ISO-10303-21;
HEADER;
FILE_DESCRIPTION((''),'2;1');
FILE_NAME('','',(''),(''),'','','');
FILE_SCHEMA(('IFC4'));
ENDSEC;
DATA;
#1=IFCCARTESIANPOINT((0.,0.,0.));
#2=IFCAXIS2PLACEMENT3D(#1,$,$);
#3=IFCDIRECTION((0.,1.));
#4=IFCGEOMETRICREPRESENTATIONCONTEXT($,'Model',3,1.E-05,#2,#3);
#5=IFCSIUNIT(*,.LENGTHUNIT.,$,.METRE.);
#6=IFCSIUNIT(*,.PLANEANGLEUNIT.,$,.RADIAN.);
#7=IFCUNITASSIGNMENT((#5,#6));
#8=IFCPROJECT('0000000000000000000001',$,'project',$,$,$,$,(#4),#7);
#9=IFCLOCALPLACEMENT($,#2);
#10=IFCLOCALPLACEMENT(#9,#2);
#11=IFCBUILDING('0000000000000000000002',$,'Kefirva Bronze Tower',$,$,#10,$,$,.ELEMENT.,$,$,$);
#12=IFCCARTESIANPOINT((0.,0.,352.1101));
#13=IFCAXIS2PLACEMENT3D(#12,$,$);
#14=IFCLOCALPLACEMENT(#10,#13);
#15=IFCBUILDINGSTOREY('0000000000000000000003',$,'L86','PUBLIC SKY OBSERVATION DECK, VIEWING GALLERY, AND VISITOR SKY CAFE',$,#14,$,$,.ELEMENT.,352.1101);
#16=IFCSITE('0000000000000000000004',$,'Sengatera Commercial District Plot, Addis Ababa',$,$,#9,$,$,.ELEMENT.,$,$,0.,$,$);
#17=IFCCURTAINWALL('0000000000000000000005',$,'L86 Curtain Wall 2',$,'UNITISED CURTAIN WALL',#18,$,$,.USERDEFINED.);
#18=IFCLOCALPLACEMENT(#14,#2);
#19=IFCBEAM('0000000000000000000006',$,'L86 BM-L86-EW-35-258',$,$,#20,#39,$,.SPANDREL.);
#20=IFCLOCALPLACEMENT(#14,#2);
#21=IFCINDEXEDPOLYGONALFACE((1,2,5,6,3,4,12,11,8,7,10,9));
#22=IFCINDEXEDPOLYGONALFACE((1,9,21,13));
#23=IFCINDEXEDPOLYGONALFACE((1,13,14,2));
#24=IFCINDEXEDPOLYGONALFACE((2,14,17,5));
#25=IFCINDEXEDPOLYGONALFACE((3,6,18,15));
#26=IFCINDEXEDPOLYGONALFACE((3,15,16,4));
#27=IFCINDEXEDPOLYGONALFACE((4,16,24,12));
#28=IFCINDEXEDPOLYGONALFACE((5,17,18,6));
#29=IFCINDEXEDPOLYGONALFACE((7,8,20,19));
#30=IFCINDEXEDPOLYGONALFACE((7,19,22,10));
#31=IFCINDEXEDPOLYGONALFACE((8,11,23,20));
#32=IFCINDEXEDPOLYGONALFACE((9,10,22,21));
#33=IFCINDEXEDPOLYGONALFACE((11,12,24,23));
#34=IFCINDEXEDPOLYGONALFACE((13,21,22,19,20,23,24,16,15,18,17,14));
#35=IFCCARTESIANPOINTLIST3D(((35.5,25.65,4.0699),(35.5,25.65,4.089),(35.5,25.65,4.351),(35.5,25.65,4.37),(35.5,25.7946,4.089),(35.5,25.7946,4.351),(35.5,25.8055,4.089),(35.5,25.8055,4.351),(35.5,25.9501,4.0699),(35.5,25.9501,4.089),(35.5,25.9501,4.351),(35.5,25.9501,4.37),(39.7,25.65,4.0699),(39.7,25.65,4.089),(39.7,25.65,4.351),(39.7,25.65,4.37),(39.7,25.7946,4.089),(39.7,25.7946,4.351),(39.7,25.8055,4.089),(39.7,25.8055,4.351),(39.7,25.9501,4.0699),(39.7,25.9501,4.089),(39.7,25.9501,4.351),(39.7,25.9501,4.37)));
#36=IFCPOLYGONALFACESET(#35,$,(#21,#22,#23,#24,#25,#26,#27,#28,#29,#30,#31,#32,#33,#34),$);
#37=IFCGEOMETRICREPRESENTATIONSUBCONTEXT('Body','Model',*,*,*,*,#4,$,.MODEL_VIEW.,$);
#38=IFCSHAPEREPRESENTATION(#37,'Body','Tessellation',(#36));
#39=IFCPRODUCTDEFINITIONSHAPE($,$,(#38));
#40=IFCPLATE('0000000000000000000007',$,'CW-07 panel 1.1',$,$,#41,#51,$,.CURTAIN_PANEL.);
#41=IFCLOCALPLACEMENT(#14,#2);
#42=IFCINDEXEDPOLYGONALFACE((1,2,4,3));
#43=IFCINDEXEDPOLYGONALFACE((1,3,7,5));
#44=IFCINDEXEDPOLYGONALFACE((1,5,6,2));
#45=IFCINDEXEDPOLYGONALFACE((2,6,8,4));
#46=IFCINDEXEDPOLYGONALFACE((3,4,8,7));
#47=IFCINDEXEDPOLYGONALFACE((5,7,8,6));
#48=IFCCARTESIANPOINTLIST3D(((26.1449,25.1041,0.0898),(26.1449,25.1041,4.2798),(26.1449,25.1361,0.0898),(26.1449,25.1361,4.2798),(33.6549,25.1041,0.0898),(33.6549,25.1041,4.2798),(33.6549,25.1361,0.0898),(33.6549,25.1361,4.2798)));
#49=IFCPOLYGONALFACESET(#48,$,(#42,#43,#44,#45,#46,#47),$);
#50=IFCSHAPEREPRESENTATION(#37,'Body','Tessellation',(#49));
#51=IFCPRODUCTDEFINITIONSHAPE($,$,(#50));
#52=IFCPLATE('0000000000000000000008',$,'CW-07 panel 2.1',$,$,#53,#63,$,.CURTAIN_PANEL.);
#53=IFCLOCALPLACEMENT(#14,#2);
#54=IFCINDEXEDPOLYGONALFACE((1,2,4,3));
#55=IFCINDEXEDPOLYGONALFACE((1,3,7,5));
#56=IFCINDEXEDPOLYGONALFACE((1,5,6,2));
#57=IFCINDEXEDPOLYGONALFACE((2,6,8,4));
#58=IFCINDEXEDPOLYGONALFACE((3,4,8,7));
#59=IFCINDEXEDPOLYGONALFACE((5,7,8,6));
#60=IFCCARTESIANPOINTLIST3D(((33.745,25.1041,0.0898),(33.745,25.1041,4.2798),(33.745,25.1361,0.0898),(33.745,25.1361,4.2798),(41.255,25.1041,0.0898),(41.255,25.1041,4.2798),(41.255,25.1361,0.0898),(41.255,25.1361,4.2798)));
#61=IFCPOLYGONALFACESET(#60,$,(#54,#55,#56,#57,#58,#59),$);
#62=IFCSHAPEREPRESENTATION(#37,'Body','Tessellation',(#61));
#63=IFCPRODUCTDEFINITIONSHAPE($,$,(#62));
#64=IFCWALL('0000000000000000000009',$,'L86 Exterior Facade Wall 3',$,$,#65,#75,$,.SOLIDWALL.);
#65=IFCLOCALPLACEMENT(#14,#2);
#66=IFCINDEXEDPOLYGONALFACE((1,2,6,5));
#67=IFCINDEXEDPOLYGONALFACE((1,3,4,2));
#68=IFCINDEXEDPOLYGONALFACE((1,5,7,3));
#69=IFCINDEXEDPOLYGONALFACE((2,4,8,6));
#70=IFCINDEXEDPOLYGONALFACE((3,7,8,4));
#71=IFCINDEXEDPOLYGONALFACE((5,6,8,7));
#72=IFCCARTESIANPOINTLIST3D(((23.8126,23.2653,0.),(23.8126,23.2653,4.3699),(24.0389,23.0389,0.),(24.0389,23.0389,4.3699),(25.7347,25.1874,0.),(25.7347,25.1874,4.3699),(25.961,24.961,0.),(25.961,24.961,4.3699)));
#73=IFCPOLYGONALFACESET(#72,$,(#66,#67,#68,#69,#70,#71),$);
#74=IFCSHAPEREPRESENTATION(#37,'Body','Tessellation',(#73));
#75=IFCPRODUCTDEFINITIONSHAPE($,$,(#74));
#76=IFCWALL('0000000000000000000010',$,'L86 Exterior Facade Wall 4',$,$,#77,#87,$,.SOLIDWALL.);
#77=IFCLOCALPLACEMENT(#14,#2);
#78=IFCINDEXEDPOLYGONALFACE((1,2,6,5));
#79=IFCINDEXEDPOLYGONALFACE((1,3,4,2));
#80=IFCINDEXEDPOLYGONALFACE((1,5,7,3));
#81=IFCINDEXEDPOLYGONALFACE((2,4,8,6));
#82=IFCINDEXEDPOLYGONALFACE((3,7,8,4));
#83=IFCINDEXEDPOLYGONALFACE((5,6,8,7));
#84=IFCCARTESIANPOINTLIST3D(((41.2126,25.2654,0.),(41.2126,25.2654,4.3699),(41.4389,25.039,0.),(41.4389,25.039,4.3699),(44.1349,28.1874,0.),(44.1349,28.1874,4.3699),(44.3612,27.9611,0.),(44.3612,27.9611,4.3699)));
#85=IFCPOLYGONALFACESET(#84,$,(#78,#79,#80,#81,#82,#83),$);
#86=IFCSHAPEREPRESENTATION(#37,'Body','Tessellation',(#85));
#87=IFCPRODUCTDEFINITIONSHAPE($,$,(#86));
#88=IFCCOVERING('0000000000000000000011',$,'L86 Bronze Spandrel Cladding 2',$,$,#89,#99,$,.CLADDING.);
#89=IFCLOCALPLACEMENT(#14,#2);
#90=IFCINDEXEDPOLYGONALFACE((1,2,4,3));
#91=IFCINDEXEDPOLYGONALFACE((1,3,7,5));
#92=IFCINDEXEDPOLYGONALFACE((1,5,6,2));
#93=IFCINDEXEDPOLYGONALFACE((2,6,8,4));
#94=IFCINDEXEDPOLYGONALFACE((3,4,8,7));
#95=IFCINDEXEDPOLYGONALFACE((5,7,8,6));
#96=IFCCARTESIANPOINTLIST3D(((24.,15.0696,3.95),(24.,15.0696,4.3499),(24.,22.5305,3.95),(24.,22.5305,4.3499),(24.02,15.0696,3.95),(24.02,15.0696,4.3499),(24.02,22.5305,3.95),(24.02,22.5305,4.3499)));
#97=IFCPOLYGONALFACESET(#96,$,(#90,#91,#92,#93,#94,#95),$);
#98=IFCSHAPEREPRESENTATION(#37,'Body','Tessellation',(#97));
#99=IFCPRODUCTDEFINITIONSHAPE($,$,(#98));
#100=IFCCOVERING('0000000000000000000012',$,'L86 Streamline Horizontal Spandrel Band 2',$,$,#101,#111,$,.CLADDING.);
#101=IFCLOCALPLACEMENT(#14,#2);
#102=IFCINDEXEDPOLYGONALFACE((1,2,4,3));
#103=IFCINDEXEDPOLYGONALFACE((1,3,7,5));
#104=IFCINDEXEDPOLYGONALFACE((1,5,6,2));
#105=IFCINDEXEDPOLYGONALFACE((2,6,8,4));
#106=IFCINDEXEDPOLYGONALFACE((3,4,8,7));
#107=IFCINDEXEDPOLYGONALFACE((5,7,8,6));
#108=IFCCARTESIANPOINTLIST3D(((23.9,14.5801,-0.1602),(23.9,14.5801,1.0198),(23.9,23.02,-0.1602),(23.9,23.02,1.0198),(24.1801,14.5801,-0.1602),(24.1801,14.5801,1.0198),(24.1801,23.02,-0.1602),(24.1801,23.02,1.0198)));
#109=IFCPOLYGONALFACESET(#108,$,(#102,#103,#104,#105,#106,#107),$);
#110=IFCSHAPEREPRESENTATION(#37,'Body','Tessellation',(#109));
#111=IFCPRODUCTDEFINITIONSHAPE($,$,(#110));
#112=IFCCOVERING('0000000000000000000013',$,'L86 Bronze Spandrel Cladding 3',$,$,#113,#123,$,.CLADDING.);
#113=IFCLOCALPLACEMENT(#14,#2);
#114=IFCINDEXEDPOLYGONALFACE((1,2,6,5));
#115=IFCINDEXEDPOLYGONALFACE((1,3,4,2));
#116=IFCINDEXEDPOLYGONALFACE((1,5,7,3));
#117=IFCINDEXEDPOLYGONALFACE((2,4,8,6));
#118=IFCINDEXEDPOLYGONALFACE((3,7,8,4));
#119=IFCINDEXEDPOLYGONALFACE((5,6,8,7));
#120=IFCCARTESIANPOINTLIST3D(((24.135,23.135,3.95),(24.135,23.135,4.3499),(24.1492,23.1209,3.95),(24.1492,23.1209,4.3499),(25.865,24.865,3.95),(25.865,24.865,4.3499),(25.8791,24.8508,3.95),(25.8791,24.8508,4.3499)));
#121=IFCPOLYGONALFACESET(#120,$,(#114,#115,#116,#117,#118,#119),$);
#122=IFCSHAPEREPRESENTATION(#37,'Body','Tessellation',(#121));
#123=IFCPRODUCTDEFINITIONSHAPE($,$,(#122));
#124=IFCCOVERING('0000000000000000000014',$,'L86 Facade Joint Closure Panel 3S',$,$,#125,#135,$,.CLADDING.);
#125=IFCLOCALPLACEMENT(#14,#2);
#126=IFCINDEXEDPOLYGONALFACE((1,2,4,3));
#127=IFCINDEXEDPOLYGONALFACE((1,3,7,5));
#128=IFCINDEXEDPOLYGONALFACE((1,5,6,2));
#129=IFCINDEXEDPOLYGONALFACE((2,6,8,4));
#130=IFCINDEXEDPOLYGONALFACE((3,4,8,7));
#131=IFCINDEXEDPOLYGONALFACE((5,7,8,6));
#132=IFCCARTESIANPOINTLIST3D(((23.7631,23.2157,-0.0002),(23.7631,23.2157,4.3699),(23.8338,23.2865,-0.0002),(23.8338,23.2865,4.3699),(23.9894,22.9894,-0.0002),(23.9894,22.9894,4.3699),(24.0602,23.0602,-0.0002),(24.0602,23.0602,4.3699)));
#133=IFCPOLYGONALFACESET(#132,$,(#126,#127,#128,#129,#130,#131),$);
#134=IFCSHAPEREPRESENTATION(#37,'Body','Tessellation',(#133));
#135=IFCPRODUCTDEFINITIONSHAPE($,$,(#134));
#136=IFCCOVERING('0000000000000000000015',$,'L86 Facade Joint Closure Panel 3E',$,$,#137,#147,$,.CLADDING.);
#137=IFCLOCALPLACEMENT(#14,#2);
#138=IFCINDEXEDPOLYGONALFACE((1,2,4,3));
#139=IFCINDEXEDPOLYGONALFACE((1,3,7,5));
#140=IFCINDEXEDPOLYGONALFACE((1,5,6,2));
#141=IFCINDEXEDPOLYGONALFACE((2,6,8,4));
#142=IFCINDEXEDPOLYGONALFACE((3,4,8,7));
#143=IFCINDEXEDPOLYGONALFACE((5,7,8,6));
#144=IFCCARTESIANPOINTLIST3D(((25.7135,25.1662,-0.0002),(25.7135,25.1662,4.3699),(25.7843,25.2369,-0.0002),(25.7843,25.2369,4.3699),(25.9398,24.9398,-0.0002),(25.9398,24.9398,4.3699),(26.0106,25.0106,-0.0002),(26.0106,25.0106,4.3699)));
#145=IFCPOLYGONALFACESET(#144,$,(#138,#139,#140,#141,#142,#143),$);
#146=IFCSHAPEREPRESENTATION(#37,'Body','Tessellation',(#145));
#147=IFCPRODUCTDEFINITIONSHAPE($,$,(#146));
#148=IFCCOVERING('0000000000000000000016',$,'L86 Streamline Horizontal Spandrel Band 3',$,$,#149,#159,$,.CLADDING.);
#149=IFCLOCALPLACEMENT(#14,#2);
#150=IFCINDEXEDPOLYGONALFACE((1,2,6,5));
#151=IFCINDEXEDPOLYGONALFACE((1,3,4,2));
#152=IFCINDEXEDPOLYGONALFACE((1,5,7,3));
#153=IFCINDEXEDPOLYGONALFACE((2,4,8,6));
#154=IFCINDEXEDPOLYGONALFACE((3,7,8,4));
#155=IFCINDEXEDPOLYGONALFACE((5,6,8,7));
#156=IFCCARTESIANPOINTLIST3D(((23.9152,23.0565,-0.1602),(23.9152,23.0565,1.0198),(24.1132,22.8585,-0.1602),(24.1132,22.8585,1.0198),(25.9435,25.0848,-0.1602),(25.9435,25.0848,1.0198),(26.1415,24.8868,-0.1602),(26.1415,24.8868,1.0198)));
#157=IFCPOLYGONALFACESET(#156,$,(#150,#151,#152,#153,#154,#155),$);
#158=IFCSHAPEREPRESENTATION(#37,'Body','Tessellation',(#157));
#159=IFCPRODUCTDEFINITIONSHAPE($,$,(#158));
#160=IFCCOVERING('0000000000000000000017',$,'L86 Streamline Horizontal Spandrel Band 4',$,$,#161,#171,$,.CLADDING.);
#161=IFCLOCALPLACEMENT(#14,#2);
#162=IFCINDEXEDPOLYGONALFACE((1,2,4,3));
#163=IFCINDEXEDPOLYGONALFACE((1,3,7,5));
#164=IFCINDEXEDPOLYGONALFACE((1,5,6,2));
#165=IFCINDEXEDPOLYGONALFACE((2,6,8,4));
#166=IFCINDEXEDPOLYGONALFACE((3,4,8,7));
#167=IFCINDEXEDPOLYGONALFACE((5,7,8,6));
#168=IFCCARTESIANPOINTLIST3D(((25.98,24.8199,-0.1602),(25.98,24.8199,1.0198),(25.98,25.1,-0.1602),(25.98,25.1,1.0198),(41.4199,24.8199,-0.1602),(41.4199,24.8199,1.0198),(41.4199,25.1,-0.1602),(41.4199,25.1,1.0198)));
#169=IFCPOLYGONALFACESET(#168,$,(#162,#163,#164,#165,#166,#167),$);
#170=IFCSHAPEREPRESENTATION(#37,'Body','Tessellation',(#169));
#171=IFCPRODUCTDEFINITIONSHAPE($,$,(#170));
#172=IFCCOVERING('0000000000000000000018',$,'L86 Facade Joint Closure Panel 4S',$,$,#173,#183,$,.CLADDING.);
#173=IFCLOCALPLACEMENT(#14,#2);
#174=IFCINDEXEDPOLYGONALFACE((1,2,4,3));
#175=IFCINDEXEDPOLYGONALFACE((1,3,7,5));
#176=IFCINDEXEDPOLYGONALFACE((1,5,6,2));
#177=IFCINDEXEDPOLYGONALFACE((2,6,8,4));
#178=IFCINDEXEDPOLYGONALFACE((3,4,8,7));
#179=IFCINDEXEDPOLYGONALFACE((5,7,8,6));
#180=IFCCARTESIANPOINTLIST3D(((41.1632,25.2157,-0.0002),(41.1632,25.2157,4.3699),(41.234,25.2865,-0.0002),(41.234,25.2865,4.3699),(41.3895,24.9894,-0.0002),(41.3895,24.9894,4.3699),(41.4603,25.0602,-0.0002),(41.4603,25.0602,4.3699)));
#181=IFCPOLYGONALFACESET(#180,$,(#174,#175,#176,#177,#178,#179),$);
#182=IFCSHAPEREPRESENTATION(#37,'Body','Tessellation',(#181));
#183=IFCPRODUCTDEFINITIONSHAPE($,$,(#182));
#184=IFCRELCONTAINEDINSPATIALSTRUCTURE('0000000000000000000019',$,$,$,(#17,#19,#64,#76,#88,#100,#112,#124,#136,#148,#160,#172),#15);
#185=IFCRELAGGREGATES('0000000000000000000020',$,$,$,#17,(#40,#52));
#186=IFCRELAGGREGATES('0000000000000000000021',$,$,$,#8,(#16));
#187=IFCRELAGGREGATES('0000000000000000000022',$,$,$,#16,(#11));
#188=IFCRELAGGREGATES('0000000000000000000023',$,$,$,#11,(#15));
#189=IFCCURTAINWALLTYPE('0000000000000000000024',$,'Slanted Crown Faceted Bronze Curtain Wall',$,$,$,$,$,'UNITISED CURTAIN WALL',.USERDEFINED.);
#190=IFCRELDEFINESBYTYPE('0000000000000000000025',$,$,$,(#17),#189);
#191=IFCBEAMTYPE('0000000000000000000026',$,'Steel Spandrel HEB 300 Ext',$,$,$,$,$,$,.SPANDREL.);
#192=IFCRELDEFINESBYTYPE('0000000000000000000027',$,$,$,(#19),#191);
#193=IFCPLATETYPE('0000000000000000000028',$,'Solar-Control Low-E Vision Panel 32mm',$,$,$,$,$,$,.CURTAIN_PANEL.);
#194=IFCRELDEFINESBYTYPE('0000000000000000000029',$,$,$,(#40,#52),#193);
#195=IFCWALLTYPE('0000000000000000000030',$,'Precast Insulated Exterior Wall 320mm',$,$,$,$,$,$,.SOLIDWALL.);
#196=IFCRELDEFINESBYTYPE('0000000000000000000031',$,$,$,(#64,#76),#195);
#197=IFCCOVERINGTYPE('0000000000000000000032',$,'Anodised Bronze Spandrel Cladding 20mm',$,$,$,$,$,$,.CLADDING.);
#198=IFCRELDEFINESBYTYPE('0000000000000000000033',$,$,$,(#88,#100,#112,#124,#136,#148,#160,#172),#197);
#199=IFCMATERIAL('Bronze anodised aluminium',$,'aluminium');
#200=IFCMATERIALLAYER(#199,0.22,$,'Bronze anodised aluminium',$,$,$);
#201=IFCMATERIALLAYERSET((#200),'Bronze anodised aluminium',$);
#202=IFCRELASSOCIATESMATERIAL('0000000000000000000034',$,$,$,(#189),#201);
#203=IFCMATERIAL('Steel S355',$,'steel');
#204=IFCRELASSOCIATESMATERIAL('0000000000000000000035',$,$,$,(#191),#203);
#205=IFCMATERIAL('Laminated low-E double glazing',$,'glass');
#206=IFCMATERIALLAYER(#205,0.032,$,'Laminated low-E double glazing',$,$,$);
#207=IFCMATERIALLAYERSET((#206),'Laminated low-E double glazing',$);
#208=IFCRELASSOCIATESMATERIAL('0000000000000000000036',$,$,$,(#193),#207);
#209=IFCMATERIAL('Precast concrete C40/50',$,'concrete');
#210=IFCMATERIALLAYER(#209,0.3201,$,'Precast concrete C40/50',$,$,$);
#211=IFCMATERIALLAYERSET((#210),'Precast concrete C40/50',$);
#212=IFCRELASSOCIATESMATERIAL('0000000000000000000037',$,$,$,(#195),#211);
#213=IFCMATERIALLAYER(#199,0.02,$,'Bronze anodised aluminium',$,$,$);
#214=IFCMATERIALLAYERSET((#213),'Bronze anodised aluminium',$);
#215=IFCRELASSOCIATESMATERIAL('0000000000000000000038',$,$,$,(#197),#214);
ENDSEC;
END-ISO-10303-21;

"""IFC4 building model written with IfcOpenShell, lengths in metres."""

from ifc_helpers import new_model, si_unit, direction, frame, frame_2d, origin, origin_2d, place, context, subcontext, project, spatial, rectangle, i_section, extrude, material, layer, layer_set, material_profile, profile_set, type_object, element, aggregate, save


model = new_model("IFC4")

# Units and contexts
model_context = context("Model", 3, precision=1e-05, world=origin(), true_north=direction((0.0, 1.0)))
body_context = subcontext(model_context, "Body", "Model", "MODEL_VIEW")
ifc_project = project(units=[si_unit("LENGTHUNIT", "METRE"), si_unit("PLANEANGLEUNIT", "RADIAN")], contexts=[model_context])

# Site, building, storey
site_placement = place(None, origin())
site = spatial("IfcSite", under=ifc_project, at=site_placement, Name="Sengatera Commercial District Plot, Addis Ababa", CompositionType="ELEMENT", RefElevation=0.0)
building_placement = place(site_placement, origin())
building = spatial("IfcBuilding", under=site, at=building_placement, Name="Kefirva Bronze Tower", CompositionType="ELEMENT")
storey_placement = place(building_placement, frame((0.0, 0.0, 352.1101)))
storey = spatial("IfcBuildingStorey", under=building, at=storey_placement, Name="L86", Description="PUBLIC SKY OBSERVATION DECK, VIEWING GALLERY, AND VISITOR SKY CAFE", CompositionType="ELEMENT", Elevation=352.1101)

# Curtain wall
ifc_material_1 = material(Name="Bronze anodised aluminium", Category="aluminium")
ifc_layer_1 = layer(ifc_material_1, 0.22, Name="Bronze anodised aluminium")
ifc_layer_set_1 = layer_set([ifc_layer_1], Name="Bronze anodised aluminium")
curtain_wall_type = type_object("IfcCurtainWallType", Name="Slanted Crown Faceted Bronze Curtain Wall", ElementType="UNITISED CURTAIN WALL", PredefinedType="USERDEFINED", material=ifc_layer_set_1)
curtain_wall_placement = place(storey_placement, origin())
curtain_wall = element("IfcCurtainWall", 1, at=curtain_wall_placement, inside=storey, type_object=curtain_wall_type, Name="L86 Curtain Wall 2", ObjectType="UNITISED CURTAIN WALL", PredefinedType="USERDEFINED")

# Beam
ifc_material_2 = material(Name="Steel S355", Category="steel")
ifc_material_profile_1 = material_profile(ifc_material_2, i_section(OverallWidth=0.3, OverallDepth=0.3, WebThickness=0.011, FlangeThickness=0.019, at=origin_2d()), Name="HEB 300")
ifc_profile_set_1 = profile_set([ifc_material_profile_1], Name="Steel S355")
beam_type_1 = type_object("IfcBeamType", Name="Steel Spandrel HEB 300 Ext", PredefinedType="SPANDREL", material=ifc_profile_set_1)
beam_1_placement = place(storey_placement, frame((35.5, 25.8, 4.22), z_axis=(1.0, 0.0, 0.0), x_axis=(0.0, 1.0, 0.0)))
element("IfcBeam", 2, at=beam_1_placement, inside=storey, type_object=beam_type_1, Name="L86 BM-L86-EW-35-258", PredefinedType="SPANDREL", context=body_context, shape_type="SweptSolid", body=[
    extrude(i_section(OverallWidth=0.3, OverallDepth=0.3, WebThickness=0.011, FlangeThickness=0.019, at=origin_2d()), origin(), (0.0, 0.0, 1.0), 4.2),
])

# Plates
ifc_material_3 = material(Name="Laminated low-E double glazing", Category="glass")
ifc_layer_2 = layer(ifc_material_3, 0.032, Name="Laminated low-E double glazing")
ifc_layer_set_2 = layer_set([ifc_layer_2], Name="Laminated low-E double glazing")
plate_type = type_object("IfcPlateType", Name="Solar-Control Low-E Vision Panel 32mm", PredefinedType="CURTAIN_PANEL", material=ifc_layer_set_2)
plate_1_placement = place(storey_placement, frame((29.8999, 25.1201, 0.0898), z_axis=(0.0, 0.0, 1.0), x_axis=(1.0, 0.0, 0.0)))
plate_1 = element("IfcPlate", 3, at=plate_1_placement, type_object=plate_type, Name="CW-07 panel 1.1", PredefinedType="CURTAIN_PANEL", context=body_context, shape_type="SweptSolid", body=[
    extrude(rectangle(XDim=7.51, YDim=0.032, at=origin_2d()), origin(), (0.0, 0.0, 1.0), 4.1899),
])
plate_2_placement = place(storey_placement, frame((37.5, 25.1201, 0.0898), z_axis=(0.0, 0.0, 1.0), x_axis=(1.0, 0.0, 0.0)))
plate_2 = element("IfcPlate", 4, at=plate_2_placement, type_object=plate_type, Name="CW-07 panel 2.1", PredefinedType="CURTAIN_PANEL", context=body_context, shape_type="SweptSolid", body=[
    extrude(rectangle(XDim=7.51, YDim=0.032, at=origin_2d()), origin(), (0.0, 0.0, 1.0), 4.1899),
])
aggregate(curtain_wall, [plate_1, plate_2])

# Walls
ifc_material_4 = material(Name="Precast concrete C40/50", Category="concrete")
ifc_layer_3 = layer(ifc_material_4, 0.3201, Name="Precast concrete C40/50")
ifc_layer_set_3 = layer_set([ifc_layer_3], Name="Precast concrete C40/50")
wall_type = type_object("IfcWallType", Name="Precast Insulated Exterior Wall 320mm", PredefinedType="SOLIDWALL", material=ifc_layer_set_3)
wall_1_placement = place(storey_placement, frame((23.9258, 23.1521, 0.0), z_axis=(0.0, 0.0, 1.0), x_axis=(0.707107, 0.707107, 0.0)))
element("IfcWall", 5, at=wall_1_placement, inside=storey, type_object=wall_type, Name="L86 Exterior Facade Wall 3", PredefinedType="SOLIDWALL", context=body_context, shape_type="SweptSolid", body=[
    extrude(rectangle(XDim=2.7183, YDim=0.3201, at=frame_2d((1.3591, 0.0))), origin(), (0.0, 0.0, 1.0), 4.3699),
])
wall_2_placement = place(storey_placement, frame((41.3257, 25.1521, 0.0), z_axis=(0.0, 0.0, 1.0), x_axis=(0.707136, 0.707077, 0.0)))
element("IfcWall", 6, at=wall_2_placement, inside=storey, type_object=wall_type, Name="L86 Exterior Facade Wall 4", PredefinedType="SOLIDWALL", context=body_context, shape_type="SweptSolid", body=[
    extrude(rectangle(XDim=4.1326, YDim=0.3201, at=frame_2d((2.0664, 0.0))), origin(), (0.0, 0.0, 1.0), 4.3699),
])

# Coverings
ifc_layer_4 = layer(ifc_material_1, 0.02, Name="Bronze anodised aluminium")
ifc_layer_set_4 = layer_set([ifc_layer_4], Name="Bronze anodised aluminium")
covering_type_1 = type_object("IfcCoveringType", Name="Anodised Bronze Spandrel Cladding 20mm", PredefinedType="CLADDING", material=ifc_layer_set_4)
covering_1_placement = place(storey_placement, frame((24.01, 18.8, 3.95), z_axis=(0.0, 0.0, 1.0), x_axis=(0.0, 1.0, 0.0)))
element("IfcCovering", 7, at=covering_1_placement, inside=storey, type_object=covering_type_1, Name="L86 Bronze Spandrel Cladding 2", PredefinedType="CLADDING", context=body_context, shape_type="SweptSolid", body=[
    extrude(rectangle(XDim=7.4609, YDim=0.02, at=origin_2d()), origin(), (0.0, 0.0, 1.0), 0.3999),
])
covering_2_placement = place(storey_placement, frame((24.04, 18.8, -0.1602), z_axis=(0.0, 0.0, 1.0), x_axis=(0.0, 1.0, 0.0)))
element("IfcCovering", 8, at=covering_2_placement, inside=storey, type_object=covering_type_1, Name="L86 Streamline Horizontal Spandrel Band 2", PredefinedType="CLADDING", context=body_context, shape_type="SweptSolid", body=[
    extrude(rectangle(XDim=8.4399, YDim=0.28, at=origin_2d()), origin(), (0.0, 0.0, 1.0), 1.1799),
])
covering_3_placement = place(storey_placement, frame((25.0071, 23.9929, 3.95), z_axis=(0.0, 0.0, 1.0), x_axis=(0.707107, 0.707107, 0.0)))
element("IfcCovering", 9, at=covering_3_placement, inside=storey, type_object=covering_type_1, Name="L86 Bronze Spandrel Cladding 3", PredefinedType="CLADDING", context=body_context, shape_type="SweptSolid", body=[
    extrude(rectangle(XDim=2.4465, YDim=0.02, at=origin_2d()), origin(), (0.0, 0.0, 1.0), 0.3999),
])
for number, where, z_axis, x_axis, name in (
    (10, (23.9116, 23.1379, -0.0002), (0.0, 0.0, 1.0), (0.707107, 0.707107, 0.0), "L86 Facade Joint Closure Panel 3S"),
    (11, (25.8621, 25.0884, -0.0002), (0.0, 0.0, 1.0), (0.707107, 0.707107, 0.0), "L86 Facade Joint Closure Panel 3E"),
):
    element("IfcCovering", number, at=place(storey_placement, frame(where, z_axis=z_axis, x_axis=x_axis)), inside=storey, type_object=covering_type_1, Name=name, PredefinedType="CLADDING", context=body_context, shape_type="SweptSolid", body=[
        extrude(rectangle(XDim=0.1001, YDim=0.3201, at=origin_2d()), origin(), (0.0, 0.0, 1.0), 4.3701),
    ])
covering_4_placement = place(storey_placement, frame((25.0283, 23.9717, -0.1602), z_axis=(0.0, 0.0, 1.0), x_axis=(0.707107, 0.707107, 0.0)))
element("IfcCovering", 12, at=covering_4_placement, inside=storey, type_object=covering_type_1, Name="L86 Streamline Horizontal Spandrel Band 3", PredefinedType="CLADDING", context=body_context, shape_type="SweptSolid", body=[
    extrude(rectangle(XDim=2.8684, YDim=0.28, at=origin_2d()), origin(), (0.0, 0.0, 1.0), 1.1799),
])
covering_5_placement = place(storey_placement, frame((33.7, 24.96, -0.1602), z_axis=(0.0, 0.0, 1.0), x_axis=(1.0, 0.0, 0.0)))
element("IfcCovering", 13, at=covering_5_placement, inside=storey, type_object=covering_type_1, Name="L86 Streamline Horizontal Spandrel Band 4", PredefinedType="CLADDING", context=body_context, shape_type="SweptSolid", body=[
    extrude(rectangle(XDim=15.4399, YDim=0.28, at=origin_2d()), origin(), (0.0, 0.0, 1.0), 1.1799),
])
covering_6_placement = place(storey_placement, frame((41.3118, 25.1379, -0.0002), z_axis=(0.0, 0.0, 1.0), x_axis=(0.707107, 0.707107, 0.0)))
element("IfcCovering", 14, at=covering_6_placement, inside=storey, type_object=covering_type_1, Name="L86 Facade Joint Closure Panel 4S", PredefinedType="CLADDING", context=body_context, shape_type="SweptSolid", body=[
    extrude(rectangle(XDim=0.1001, YDim=0.3201, at=origin_2d()), origin(), (0.0, 0.0, 1.0), 4.3701),
])

save(model, "model.ifc")
